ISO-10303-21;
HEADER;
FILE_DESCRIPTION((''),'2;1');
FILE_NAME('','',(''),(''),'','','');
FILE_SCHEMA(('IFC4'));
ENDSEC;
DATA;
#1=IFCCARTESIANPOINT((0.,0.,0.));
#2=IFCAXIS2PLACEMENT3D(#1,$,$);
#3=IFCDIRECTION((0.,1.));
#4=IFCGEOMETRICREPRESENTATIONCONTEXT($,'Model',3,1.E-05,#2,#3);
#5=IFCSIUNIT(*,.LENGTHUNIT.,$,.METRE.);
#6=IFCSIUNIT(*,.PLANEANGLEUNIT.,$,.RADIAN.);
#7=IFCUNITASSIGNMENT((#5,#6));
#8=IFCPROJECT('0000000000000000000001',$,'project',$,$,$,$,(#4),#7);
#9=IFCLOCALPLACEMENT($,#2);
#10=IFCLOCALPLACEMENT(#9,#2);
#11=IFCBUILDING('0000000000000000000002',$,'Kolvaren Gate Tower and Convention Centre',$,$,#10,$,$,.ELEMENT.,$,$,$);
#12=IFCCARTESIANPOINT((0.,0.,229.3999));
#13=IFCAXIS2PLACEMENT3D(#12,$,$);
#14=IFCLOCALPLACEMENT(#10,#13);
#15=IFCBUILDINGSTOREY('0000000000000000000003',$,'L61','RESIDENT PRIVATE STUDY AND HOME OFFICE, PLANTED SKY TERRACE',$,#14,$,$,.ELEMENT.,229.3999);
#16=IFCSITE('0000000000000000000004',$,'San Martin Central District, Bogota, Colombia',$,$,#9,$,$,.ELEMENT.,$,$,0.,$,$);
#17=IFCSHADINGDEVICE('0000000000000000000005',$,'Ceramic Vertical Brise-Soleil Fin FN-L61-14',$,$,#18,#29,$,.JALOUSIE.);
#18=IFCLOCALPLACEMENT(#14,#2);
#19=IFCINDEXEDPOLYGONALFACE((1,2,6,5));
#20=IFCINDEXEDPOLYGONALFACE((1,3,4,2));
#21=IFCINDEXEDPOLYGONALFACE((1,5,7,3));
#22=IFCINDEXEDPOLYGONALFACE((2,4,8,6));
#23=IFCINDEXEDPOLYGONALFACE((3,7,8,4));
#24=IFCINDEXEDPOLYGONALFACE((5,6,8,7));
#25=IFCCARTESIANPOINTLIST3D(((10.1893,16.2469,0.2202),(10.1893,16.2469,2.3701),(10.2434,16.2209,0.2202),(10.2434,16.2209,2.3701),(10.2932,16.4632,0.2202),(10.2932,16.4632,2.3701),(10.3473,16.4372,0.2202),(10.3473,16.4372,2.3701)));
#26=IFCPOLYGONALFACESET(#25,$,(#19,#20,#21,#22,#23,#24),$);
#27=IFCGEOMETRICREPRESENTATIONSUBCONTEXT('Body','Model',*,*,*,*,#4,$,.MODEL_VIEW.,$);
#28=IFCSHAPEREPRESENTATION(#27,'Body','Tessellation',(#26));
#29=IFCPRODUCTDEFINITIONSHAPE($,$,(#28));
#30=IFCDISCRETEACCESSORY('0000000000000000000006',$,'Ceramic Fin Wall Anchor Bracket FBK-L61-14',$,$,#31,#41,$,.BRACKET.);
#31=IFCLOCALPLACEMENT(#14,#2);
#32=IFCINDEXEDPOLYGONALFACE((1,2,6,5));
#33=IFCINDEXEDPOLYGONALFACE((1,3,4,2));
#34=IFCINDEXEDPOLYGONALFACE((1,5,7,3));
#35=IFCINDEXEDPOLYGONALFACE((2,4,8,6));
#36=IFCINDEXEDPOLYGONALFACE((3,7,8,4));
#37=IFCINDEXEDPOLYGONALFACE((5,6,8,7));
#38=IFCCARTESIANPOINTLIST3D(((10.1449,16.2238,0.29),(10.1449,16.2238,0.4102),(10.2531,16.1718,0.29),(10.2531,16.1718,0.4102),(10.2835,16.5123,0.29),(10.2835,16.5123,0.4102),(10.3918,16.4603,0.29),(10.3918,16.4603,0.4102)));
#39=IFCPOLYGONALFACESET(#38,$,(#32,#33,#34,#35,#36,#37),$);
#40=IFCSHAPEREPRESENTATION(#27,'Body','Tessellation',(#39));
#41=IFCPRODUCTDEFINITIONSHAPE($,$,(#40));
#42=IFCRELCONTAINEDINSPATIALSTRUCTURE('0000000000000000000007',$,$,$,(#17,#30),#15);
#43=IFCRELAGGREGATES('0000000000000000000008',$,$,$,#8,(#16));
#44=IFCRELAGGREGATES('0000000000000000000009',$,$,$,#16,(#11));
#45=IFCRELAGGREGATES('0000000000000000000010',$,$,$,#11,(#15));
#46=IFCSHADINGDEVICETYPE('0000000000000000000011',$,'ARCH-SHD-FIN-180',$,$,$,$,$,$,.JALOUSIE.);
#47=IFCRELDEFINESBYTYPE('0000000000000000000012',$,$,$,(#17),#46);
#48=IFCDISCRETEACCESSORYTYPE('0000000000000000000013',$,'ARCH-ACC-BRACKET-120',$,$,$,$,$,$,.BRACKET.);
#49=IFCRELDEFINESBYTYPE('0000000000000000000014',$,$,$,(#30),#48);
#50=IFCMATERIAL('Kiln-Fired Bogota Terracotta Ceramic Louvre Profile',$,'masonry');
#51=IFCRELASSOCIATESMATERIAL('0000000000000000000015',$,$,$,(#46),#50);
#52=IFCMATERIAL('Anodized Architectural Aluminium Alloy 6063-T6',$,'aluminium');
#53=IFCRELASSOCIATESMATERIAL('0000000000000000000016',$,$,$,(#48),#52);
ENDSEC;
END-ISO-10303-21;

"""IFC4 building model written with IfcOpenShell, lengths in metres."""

from ifc_helpers import new_model, si_unit, direction, frame, origin, origin_2d, place, context, subcontext, project, spatial, rectangle, extrude, material, type_object, element, save


model = new_model("IFC4")

# Units and contexts
model_context = context("Model", 3, precision=1e-05, world=origin(), true_north=direction((0.0, 1.0)))
body_context = subcontext(model_context, "Body", "Model", "MODEL_VIEW")
ifc_project = project(units=[si_unit("LENGTHUNIT", "METRE"), si_unit("PLANEANGLEUNIT", "RADIAN")], contexts=[model_context])

# Site, building, storey
site_placement = place(None, origin())
site = spatial("IfcSite", under=ifc_project, at=site_placement, Name="San Martin Central District, Bogota, Colombia", CompositionType="ELEMENT", RefElevation=0.0)
building_placement = place(site_placement, origin())
building = spatial("IfcBuilding", under=site, at=building_placement, Name="Kolvaren Gate Tower and Convention Centre", CompositionType="ELEMENT")
storey_placement = place(building_placement, frame((0.0, 0.0, 229.3999)))
storey = spatial("IfcBuildingStorey", under=building, at=storey_placement, Name="L61", Description="RESIDENT PRIVATE STUDY AND HOME OFFICE, PLANTED SKY TERRACE", CompositionType="ELEMENT", Elevation=229.3999)

# Shared definitions
ifc_material_1 = material(Name="Anodized Architectural Aluminium Alloy 6063-T6", Category="aluminium")

# Shading device
ifc_material_2 = material(Name="Kiln-Fired Bogota Terracotta Ceramic Louvre Profile", Category="masonry")
shading_device_type = type_object("IfcShadingDeviceType", Name="ARCH-SHD-FIN-180", PredefinedType="JALOUSIE", material=ifc_material_2)
shading_device_placement = place(storey_placement, frame((10.2683, 16.342, 0.2202), z_axis=(0.0, 0.0, 1.0), x_axis=(0.901359, -0.433072, 0.0)))
element("IfcShadingDevice", 1, at=shading_device_placement, inside=storey, type_object=shading_device_type, Name="Ceramic Vertical Brise-Soleil Fin FN-L61-14", PredefinedType="JALOUSIE", context=body_context, shape_type="SweptSolid", body=[
    extrude(rectangle(XDim=0.0601, YDim=0.24, at=origin_2d()), origin(), (0.0, 0.0, 1.0), 2.1499),
])

# Discrete accessory
discrete_accessory_type = type_object("IfcDiscreteAccessoryType", Name="ARCH-ACC-BRACKET-120", PredefinedType="BRACKET", material=ifc_material_1)
discrete_accessory_placement = place(storey_placement, frame((10.2683, 16.342, 0.29), z_axis=(0.0, 0.0, 1.0), x_axis=(0.901359, -0.433072, 0.0)))
element("IfcDiscreteAccessory", 2, at=discrete_accessory_placement, inside=storey, type_object=discrete_accessory_type, Name="Ceramic Fin Wall Anchor Bracket FBK-L61-14", PredefinedType="BRACKET", context=body_context, shape_type="SweptSolid", body=[
    extrude(rectangle(XDim=0.1201, YDim=0.3201, at=origin_2d()), origin(), (0.0, 0.0, 1.0), 0.1201),
])

save(model, "model.ifc")
